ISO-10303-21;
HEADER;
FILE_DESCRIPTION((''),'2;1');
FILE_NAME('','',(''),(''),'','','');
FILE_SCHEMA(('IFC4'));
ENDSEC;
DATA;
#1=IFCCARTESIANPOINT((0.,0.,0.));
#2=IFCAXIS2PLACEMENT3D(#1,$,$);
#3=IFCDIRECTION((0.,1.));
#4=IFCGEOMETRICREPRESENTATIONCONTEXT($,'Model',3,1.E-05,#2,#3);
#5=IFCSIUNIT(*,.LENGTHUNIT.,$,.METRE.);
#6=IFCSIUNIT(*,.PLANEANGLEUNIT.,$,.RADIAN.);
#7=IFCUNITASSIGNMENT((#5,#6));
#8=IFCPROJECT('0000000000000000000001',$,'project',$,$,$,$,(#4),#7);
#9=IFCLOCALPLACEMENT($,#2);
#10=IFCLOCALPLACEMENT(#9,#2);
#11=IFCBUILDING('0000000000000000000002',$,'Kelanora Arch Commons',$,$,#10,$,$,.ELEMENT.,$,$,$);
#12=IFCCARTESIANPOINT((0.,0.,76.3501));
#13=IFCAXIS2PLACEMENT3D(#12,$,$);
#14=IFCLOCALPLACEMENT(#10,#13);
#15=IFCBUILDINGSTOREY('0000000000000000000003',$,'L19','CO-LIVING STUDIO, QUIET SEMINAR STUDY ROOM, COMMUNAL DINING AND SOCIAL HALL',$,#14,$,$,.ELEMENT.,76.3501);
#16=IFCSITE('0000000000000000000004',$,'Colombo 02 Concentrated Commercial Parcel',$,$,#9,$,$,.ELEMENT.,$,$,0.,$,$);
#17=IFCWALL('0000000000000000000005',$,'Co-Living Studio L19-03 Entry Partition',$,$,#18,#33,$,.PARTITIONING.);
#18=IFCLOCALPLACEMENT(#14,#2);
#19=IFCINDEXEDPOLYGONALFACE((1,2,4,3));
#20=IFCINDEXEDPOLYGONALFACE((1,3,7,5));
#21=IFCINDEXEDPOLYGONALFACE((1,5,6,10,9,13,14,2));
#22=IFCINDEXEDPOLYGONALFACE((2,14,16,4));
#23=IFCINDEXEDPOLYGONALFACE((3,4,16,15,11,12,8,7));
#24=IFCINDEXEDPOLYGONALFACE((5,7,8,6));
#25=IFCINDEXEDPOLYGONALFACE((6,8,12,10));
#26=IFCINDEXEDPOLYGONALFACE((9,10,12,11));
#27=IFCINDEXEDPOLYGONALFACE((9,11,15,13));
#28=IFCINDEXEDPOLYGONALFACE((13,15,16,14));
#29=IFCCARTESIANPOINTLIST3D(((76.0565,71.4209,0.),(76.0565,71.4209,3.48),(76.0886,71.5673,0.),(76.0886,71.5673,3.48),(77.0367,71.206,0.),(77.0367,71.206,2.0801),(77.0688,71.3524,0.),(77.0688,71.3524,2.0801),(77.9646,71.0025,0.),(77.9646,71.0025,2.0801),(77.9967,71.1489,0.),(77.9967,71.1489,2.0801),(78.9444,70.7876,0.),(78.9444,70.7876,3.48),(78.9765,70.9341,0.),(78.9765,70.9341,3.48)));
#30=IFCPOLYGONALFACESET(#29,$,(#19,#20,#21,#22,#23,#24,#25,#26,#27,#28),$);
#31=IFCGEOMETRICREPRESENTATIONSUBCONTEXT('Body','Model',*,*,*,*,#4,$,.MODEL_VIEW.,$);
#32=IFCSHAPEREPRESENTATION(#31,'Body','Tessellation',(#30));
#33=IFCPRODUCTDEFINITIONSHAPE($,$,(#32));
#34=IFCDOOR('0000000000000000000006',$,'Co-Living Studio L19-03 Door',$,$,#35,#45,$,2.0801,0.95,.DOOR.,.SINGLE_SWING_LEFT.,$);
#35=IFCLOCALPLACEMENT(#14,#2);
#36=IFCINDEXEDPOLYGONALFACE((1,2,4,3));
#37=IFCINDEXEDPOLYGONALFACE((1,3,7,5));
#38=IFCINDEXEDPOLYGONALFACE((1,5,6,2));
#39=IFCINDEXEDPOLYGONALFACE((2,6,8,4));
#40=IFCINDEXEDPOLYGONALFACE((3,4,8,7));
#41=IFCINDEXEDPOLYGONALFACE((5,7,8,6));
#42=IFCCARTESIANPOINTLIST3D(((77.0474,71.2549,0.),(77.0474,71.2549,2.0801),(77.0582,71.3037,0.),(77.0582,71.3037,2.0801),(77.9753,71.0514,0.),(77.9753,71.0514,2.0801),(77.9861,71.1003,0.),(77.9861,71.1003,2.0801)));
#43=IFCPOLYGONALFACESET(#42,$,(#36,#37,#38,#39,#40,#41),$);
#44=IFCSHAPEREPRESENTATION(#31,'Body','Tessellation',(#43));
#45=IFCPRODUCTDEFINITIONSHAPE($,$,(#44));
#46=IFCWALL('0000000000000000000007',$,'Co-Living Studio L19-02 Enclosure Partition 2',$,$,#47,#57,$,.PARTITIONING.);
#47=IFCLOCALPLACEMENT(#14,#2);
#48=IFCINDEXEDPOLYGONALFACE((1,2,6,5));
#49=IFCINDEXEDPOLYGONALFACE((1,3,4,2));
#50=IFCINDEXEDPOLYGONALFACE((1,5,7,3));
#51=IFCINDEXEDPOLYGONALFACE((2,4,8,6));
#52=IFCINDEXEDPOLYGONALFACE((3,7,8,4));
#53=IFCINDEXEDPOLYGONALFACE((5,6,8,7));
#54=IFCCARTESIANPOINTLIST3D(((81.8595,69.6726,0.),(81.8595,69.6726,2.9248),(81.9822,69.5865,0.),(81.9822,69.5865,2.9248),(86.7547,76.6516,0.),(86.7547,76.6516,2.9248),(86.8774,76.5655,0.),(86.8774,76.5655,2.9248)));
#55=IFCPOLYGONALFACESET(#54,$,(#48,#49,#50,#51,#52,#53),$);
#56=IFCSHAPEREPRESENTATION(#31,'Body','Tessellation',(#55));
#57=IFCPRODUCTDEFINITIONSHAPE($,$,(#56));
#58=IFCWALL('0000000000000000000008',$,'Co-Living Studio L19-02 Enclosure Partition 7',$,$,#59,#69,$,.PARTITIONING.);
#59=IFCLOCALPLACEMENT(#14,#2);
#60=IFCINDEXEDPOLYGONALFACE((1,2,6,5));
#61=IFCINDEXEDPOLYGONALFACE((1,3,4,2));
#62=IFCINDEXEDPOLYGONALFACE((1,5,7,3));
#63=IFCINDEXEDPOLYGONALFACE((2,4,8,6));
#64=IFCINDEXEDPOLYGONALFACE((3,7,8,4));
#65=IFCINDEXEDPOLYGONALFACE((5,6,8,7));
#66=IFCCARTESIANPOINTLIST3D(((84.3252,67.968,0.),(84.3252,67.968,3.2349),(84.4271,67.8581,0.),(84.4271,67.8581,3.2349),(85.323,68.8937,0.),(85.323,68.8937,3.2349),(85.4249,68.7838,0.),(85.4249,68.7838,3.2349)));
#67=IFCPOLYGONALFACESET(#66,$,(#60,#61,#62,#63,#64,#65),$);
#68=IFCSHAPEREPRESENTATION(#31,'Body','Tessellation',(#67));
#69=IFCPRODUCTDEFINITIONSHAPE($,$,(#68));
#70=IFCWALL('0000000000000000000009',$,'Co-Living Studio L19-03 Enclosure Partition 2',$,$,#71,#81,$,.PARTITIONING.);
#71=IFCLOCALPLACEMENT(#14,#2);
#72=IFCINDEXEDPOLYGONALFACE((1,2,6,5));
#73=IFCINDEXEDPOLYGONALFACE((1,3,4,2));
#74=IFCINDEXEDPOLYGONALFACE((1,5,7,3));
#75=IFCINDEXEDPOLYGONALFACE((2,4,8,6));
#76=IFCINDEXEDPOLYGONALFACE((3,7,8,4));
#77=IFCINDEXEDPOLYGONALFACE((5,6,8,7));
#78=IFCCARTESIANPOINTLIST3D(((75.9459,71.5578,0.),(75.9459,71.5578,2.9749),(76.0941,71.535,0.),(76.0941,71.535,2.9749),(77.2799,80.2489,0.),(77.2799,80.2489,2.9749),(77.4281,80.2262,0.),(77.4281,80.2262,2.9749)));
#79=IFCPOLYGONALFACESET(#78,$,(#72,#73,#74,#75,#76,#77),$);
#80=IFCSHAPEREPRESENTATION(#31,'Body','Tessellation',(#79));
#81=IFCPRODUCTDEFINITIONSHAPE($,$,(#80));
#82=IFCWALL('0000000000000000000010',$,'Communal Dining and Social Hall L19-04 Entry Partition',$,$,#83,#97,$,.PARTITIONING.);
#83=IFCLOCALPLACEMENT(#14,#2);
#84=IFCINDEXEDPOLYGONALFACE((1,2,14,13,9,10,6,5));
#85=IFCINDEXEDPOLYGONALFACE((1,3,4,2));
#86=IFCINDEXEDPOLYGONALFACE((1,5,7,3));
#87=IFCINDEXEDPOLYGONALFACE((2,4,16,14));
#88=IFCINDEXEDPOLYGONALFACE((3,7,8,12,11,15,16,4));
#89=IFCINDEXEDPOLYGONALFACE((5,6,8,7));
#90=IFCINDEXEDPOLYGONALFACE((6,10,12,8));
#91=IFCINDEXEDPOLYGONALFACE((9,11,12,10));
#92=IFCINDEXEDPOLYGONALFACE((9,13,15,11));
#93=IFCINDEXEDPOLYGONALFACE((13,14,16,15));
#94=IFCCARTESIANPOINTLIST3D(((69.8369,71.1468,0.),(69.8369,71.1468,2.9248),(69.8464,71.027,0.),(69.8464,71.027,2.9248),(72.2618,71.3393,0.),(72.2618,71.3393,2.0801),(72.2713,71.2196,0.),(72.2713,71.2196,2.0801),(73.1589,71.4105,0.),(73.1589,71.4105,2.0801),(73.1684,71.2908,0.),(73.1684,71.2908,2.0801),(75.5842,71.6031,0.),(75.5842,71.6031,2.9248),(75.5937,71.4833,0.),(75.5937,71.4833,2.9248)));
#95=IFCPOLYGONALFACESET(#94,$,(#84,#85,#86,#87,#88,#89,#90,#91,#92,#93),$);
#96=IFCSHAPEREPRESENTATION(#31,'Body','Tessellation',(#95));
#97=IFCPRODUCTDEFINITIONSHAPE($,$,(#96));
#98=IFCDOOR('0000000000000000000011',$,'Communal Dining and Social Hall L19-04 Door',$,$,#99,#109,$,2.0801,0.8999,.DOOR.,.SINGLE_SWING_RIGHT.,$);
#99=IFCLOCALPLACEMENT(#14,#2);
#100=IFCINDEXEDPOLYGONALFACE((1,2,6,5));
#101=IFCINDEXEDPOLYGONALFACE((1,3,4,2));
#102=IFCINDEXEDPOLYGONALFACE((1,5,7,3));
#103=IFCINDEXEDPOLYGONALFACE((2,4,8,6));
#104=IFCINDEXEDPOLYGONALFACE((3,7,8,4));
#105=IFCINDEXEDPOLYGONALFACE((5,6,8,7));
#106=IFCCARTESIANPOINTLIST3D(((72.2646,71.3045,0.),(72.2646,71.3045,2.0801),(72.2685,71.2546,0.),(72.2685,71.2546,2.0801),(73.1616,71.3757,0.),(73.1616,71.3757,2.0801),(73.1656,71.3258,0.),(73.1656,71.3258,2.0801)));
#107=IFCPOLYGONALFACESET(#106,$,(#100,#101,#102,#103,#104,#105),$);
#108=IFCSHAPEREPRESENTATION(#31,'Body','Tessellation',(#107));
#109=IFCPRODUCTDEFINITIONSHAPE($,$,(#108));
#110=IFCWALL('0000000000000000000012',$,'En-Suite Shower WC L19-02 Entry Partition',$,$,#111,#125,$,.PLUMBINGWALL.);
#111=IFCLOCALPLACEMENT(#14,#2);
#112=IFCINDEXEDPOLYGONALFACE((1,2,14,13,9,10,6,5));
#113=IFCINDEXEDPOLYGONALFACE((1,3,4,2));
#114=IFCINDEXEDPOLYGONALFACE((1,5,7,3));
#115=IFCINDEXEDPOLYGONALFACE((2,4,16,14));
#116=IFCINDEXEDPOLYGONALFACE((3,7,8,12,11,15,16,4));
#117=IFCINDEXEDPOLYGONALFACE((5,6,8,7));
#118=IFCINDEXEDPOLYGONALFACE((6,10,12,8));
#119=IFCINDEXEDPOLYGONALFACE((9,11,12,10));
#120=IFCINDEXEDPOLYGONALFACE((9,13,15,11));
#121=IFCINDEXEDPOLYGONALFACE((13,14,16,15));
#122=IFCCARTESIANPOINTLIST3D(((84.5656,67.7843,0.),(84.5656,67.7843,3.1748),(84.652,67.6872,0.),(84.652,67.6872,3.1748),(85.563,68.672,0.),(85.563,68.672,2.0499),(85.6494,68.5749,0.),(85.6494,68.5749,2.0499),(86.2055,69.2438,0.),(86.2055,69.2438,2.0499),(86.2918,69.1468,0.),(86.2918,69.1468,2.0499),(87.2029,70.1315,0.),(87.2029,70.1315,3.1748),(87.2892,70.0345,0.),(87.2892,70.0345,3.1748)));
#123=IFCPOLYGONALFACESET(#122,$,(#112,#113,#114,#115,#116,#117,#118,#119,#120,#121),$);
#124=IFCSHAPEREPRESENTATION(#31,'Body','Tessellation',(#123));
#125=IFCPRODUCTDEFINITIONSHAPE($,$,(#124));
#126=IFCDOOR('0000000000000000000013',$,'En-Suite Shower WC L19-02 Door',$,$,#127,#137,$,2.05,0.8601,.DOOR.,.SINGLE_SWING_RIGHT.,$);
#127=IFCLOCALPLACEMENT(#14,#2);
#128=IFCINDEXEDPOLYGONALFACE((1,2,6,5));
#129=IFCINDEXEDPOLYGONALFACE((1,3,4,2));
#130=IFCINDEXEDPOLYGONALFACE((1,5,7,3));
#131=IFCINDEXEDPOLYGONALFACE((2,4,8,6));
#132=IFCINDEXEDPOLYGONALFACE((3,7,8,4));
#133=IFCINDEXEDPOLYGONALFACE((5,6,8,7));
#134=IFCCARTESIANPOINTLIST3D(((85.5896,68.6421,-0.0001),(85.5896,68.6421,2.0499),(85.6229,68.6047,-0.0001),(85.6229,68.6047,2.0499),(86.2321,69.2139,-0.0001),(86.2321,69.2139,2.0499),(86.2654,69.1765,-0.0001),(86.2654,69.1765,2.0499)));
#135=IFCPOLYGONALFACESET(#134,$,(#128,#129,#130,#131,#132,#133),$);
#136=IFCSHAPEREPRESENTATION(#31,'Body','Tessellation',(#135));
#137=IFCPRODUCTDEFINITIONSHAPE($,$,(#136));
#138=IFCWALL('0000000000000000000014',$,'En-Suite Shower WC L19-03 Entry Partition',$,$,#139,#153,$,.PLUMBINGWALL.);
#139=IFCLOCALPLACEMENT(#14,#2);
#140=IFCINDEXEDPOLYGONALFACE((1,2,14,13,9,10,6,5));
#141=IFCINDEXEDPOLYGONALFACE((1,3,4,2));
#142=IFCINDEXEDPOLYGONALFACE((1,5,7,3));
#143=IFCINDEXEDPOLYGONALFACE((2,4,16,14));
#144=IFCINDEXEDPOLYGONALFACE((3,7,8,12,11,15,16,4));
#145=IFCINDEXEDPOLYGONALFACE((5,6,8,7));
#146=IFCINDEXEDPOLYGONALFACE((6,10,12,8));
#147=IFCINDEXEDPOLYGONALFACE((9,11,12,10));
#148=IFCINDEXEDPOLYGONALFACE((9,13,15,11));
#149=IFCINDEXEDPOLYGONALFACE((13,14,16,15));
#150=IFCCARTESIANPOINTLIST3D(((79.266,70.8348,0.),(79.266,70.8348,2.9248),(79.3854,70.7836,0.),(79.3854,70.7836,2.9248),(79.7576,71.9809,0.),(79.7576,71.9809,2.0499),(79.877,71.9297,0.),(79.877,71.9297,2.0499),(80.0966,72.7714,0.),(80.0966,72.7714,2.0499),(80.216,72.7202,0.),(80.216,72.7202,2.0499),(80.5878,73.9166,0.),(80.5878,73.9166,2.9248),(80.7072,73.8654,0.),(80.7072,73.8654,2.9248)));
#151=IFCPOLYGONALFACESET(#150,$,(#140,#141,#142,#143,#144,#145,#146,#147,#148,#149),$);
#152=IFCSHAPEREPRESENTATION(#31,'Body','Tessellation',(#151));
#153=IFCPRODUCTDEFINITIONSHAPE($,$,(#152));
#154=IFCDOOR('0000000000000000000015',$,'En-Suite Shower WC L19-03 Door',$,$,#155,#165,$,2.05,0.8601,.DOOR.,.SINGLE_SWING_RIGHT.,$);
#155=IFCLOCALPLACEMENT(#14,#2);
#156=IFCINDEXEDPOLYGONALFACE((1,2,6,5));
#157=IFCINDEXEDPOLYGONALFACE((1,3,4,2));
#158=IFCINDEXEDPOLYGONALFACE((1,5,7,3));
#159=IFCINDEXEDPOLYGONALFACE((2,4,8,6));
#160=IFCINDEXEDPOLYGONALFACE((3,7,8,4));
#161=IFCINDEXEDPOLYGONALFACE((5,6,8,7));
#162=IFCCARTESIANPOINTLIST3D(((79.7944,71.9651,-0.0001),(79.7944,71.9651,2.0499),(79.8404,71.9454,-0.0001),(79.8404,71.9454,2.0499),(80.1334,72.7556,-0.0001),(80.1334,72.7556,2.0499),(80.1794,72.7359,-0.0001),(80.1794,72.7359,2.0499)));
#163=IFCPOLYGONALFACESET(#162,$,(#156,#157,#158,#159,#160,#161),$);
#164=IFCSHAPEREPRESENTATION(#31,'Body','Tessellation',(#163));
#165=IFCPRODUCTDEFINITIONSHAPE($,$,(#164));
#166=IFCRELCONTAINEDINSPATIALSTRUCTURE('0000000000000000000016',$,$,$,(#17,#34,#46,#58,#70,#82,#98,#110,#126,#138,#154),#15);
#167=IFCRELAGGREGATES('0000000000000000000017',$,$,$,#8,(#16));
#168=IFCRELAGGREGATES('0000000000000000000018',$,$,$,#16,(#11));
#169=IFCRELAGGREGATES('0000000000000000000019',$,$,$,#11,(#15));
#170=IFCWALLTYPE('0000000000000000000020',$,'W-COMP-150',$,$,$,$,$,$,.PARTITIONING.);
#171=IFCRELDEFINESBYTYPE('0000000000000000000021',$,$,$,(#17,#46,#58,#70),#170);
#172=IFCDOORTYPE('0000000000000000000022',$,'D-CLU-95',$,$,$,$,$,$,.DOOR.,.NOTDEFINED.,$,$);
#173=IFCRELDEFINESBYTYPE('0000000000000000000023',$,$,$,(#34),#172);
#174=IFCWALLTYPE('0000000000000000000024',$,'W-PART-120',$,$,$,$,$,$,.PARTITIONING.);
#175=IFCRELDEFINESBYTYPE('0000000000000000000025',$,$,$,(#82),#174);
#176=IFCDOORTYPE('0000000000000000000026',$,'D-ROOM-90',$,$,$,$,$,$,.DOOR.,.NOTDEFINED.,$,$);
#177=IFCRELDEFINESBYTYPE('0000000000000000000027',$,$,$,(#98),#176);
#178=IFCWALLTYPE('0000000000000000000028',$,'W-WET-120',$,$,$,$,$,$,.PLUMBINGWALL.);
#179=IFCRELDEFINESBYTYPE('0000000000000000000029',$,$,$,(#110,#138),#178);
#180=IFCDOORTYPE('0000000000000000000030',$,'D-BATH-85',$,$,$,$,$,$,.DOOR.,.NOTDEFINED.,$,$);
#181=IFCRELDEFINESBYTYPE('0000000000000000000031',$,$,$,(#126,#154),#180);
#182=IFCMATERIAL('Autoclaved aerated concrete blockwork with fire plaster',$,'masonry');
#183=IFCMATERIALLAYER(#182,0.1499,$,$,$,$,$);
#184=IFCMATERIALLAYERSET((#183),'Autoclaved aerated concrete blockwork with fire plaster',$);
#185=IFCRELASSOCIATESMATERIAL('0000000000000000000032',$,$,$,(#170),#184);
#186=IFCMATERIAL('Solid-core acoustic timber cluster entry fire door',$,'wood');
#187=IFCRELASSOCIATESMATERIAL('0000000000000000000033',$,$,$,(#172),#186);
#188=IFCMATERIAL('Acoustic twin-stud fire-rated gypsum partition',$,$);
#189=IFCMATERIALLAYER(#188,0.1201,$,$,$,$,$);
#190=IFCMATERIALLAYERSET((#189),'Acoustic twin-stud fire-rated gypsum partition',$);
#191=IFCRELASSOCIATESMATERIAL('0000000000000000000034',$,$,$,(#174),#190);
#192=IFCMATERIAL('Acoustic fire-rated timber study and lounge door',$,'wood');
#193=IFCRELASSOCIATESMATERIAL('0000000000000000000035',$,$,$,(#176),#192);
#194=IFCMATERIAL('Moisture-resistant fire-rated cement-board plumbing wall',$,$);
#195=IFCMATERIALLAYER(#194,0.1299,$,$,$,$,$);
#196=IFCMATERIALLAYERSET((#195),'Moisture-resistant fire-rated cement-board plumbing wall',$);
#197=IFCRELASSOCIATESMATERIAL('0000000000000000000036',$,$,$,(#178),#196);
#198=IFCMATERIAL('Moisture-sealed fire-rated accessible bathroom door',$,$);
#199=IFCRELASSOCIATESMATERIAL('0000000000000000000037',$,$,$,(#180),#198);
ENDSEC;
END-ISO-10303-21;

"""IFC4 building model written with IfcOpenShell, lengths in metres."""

from ifc_helpers import new_model, si_unit, direction, frame, frame_2d, origin, place, context, subcontext, project, spatial, rectangle, extrude, material, layer, layer_set, type_object, element, fill, save


model = new_model("IFC4")

# Units and contexts
model_context = context("Model", 3, precision=1e-05, world=origin(), true_north=direction((0.0, 1.0)))
body_context = subcontext(model_context, "Body", "Model", "MODEL_VIEW")
ifc_project = project(units=[si_unit("LENGTHUNIT", "METRE"), si_unit("PLANEANGLEUNIT", "RADIAN")], contexts=[model_context])

# Site, building, storey
site_placement = place(None, origin())
site = spatial("IfcSite", under=ifc_project, at=site_placement, Name="Colombo 02 Concentrated Commercial Parcel", CompositionType="ELEMENT", RefElevation=0.0)
building_placement = place(site_placement, origin())
building = spatial("IfcBuilding", under=site, at=building_placement, Name="Kelanora Arch Commons", CompositionType="ELEMENT")
storey_placement = place(building_placement, frame((0.0, 0.0, 76.3501)))
storey = spatial("IfcBuildingStorey", under=building, at=storey_placement, Name="L19", Description="CO-LIVING STUDIO, QUIET SEMINAR STUDY ROOM, COMMUNAL DINING AND SOCIAL HALL", CompositionType="ELEMENT", Elevation=76.3501)

# Wall, opening, door
ifc_material_1 = material(Name="Autoclaved aerated concrete blockwork with fire plaster", Category="masonry")
ifc_layer_1 = layer(ifc_material_1, 0.1499)
ifc_layer_set_1 = layer_set([ifc_layer_1], Name="Autoclaved aerated concrete blockwork with fire plaster")
wall_type_1 = type_object("IfcWallType", Name="W-COMP-150", PredefinedType="PARTITIONING", material=ifc_layer_set_1)
ifc_material_2 = material(Name="Solid-core acoustic timber cluster entry fire door", Category="wood")
door_type_1 = type_object("IfcDoorType", Name="D-CLU-95", OperationType="NOTDEFINED", PredefinedType="DOOR", material=ifc_material_2)
wall_1_placement = place(storey_placement, frame((78.9604, 70.8608, 0.0), z_axis=(0.0, 0.0, 1.0), x_axis=(-0.976789, 0.214202, 0.0)))
wall_1 = element("IfcWall", 1, at=wall_1_placement, inside=storey, type_object=wall_type_1, Name="Co-Living Studio L19-03 Entry Partition", PredefinedType="PARTITIONING", context=body_context, shape_type="SweptSolid", body=[
    extrude(rectangle(XDim=2.9565, YDim=0.1499, at=frame_2d((1.4783, 0.0))), origin(), (0.0, 0.0, 1.0), 3.48),
])
opening_1_placement = place(wall_1_placement, frame((1.0029, 0.0, 0.0)))
opening_1 = element("IfcOpeningElement", 2, at=opening_1_placement, cuts=wall_1, PredefinedType="OPENING", context=body_context, shape_type="SweptSolid", body=[
    extrude(rectangle(XDim=0.95, YDim=2.0801, at=frame_2d((0.4751, 1.04))), frame((0.0, 0.085, 0.0), z_axis=(0.0, -1.0, 0.0), x_axis=(1.0, 0.0, 0.0)), (0.0, 0.0, 1.0), 0.1699),
])
door_1_placement = place(opening_1_placement, origin())
door_1 = element("IfcDoor", 3, at=door_1_placement, inside=storey, type_object=door_type_1, Name="Co-Living Studio L19-03 Door", OperationType="SINGLE_SWING_LEFT", OverallHeight=2.0801, OverallWidth=0.95, PredefinedType="DOOR", context=body_context, shape_type="SweptSolid", body=[
    extrude(rectangle(XDim=0.95, YDim=2.0801, at=frame_2d((0.4751, 1.04))), frame((0.0, 0.0249, 0.0), z_axis=(0.0, -1.0, 0.0), x_axis=(1.0, 0.0, 0.0)), (0.0, 0.0, 1.0), 0.05),
])
fill(opening_1, door_1)

# Walls
wall_2_placement = place(storey_placement, frame((81.9209, 69.6296, 0.0), z_axis=(0.0, 0.0, 1.0), x_axis=(0.574246, 0.818683, 0.0)))
element("IfcWall", 4, at=wall_2_placement, inside=storey, type_object=wall_type_1, Name="Co-Living Studio L19-02 Enclosure Partition 2", PredefinedType="PARTITIONING", context=body_context, shape_type="SweptSolid", body=[
    extrude(rectangle(XDim=8.5247, YDim=0.1499, at=frame_2d((4.2622, 0.0))), origin(), (0.0, 0.0, 1.0), 2.9248),
])
wall_3_placement = place(storey_placement, frame((85.374, 68.8389, 0.0), z_axis=(0.0, 0.0, 1.0), x_axis=(-0.733068, -0.680155, 0.0)))
element("IfcWall", 5, at=wall_3_placement, inside=storey, type_object=wall_type_1, Name="Co-Living Studio L19-02 Enclosure Partition 7", PredefinedType="PARTITIONING", context=body_context, shape_type="SweptSolid", body=[
    extrude(rectangle(XDim=1.3611, YDim=0.1499, at=frame_2d((0.6807, 0.0))), origin(), (0.0, 0.0, 1.0), 3.2349),
])
wall_4_placement = place(storey_placement, frame((76.02, 71.5464, 0.0), z_axis=(0.0, 0.0, 1.0), x_axis=(0.151711, 0.988425, 0.0)))
element("IfcWall", 6, at=wall_4_placement, inside=storey, type_object=wall_type_1, Name="Co-Living Studio L19-03 Enclosure Partition 2", PredefinedType="PARTITIONING", context=body_context, shape_type="SweptSolid", body=[
    extrude(rectangle(XDim=8.793, YDim=0.1499, at=frame_2d((4.3965, 0.0))), origin(), (0.0, 0.0, 1.0), 2.9749),
])

# Walls, openings, doors
ifc_material_3 = material(Name="Acoustic twin-stud fire-rated gypsum partition")
ifc_layer_2 = layer(ifc_material_3, 0.1201)
ifc_layer_set_2 = layer_set([ifc_layer_2], Name="Acoustic twin-stud fire-rated gypsum partition")
wall_type_2 = type_object("IfcWallType", Name="W-PART-120", PredefinedType="PARTITIONING", material=ifc_layer_set_2)
wall_5_placement = place(storey_placement, frame((75.5891, 71.5432, 0.0), z_axis=(0.0, 0.0, 1.0), x_axis=(-0.996863, -0.079144, 0.0)))
wall_5 = element("IfcWall", 7, at=wall_5_placement, inside=storey, type_object=wall_type_2, Name="Communal Dining and Social Hall L19-04 Entry Partition", PredefinedType="PARTITIONING", context=body_context, shape_type="SweptSolid", body=[
    extrude(rectangle(XDim=5.7654, YDim=0.1201, at=frame_2d((2.8828, 0.0))), origin(), (0.0, 0.0, 1.0), 2.9248),
])
opening_2_placement = place(wall_5_placement, frame((2.4331, 0.0, 0.0)))
opening_2 = element("IfcOpeningElement", 8, at=opening_2_placement, cuts=wall_5, PredefinedType="OPENING", context=body_context, shape_type="SweptSolid", body=[
    extrude(rectangle(XDim=0.8999, YDim=2.0801, at=frame_2d((0.45, 1.04))), frame((0.0, 0.0701, 0.0), z_axis=(0.0, -1.0, 0.0), x_axis=(1.0, 0.0, 0.0)), (0.0, 0.0, 1.0), 0.1401),
])
ifc_material_4 = material(Name="Acoustic fire-rated timber study and lounge door", Category="wood")
door_type_2 = type_object("IfcDoorType", Name="D-ROOM-90", OperationType="NOTDEFINED", PredefinedType="DOOR", material=ifc_material_4)
door_2_placement = place(opening_2_placement, origin())
door_2 = element("IfcDoor", 9, at=door_2_placement, inside=storey, type_object=door_type_2, Name="Communal Dining and Social Hall L19-04 Door", OperationType="SINGLE_SWING_RIGHT", OverallHeight=2.0801, OverallWidth=0.8999, PredefinedType="DOOR", context=body_context, shape_type="SweptSolid", body=[
    extrude(rectangle(XDim=0.8999, YDim=2.0801, at=frame_2d((0.45, 1.04))), frame((0.0, 0.0249, 0.0), z_axis=(0.0, -1.0, 0.0), x_axis=(1.0, 0.0, 0.0)), (0.0, 0.0, 1.0), 0.05),
])
fill(opening_2, door_2)
ifc_material_5 = material(Name="Moisture-resistant fire-rated cement-board plumbing wall")
ifc_layer_3 = layer(ifc_material_5, 0.1299)
ifc_layer_set_3 = layer_set([ifc_layer_3], Name="Moisture-resistant fire-rated cement-board plumbing wall")
wall_type_3 = type_object("IfcWallType", Name="W-WET-120", PredefinedType="PLUMBINGWALL", material=ifc_layer_set_3)
wall_6_placement = place(storey_placement, frame((84.6089, 67.7358, 0.0), z_axis=(0.0, 0.0, 1.0), x_axis=(0.746989, 0.664836, 0.0)))
wall_6 = element("IfcWall", 10, at=wall_6_placement, inside=storey, type_object=wall_type_3, Name="En-Suite Shower WC L19-02 Entry Partition", PredefinedType="PLUMBINGWALL", context=body_context, shape_type="SweptSolid", body=[
    extrude(rectangle(XDim=3.5305, YDim=0.1299, at=frame_2d((1.7651, 0.0))), origin(), (0.0, 0.0, 1.0), 3.1748),
])
opening_3_placement = place(wall_6_placement, frame((1.335, 0.0, 0.0)))
opening_3 = element("IfcOpeningElement", 11, at=opening_3_placement, cuts=wall_6, PredefinedType="OPENING", context=body_context, shape_type="SweptSolid", body=[
    extrude(rectangle(XDim=0.8601, YDim=2.05, at=frame_2d((0.4302, 1.0249))), frame((0.0, 0.075, 0.0), z_axis=(0.0, -1.0, 0.0), x_axis=(1.0, 0.0, 0.0)), (0.0, 0.0, 1.0), 0.1499),
])
ifc_material_6 = material(Name="Moisture-sealed fire-rated accessible bathroom door")
door_type_3 = type_object("IfcDoorType", Name="D-BATH-85", OperationType="NOTDEFINED", PredefinedType="DOOR", material=ifc_material_6)
door_3_placement = place(opening_3_placement, origin())
door_3 = element("IfcDoor", 12, at=door_3_placement, inside=storey, type_object=door_type_3, Name="En-Suite Shower WC L19-02 Door", OperationType="SINGLE_SWING_RIGHT", OverallHeight=2.05, OverallWidth=0.8601, PredefinedType="DOOR", context=body_context, shape_type="SweptSolid", body=[
    extrude(rectangle(XDim=0.8601, YDim=2.05, at=frame_2d((0.4302, 1.0249))), frame((0.0, 0.0249, 0.0), z_axis=(0.0, -1.0, 0.0), x_axis=(1.0, 0.0, 0.0)), (0.0, 0.0, 1.0), 0.05),
])
fill(opening_3, door_3)
wall_7_placement = place(storey_placement, frame((79.3257, 70.8091, 0.0), z_axis=(0.0, 0.0, 1.0), x_axis=(0.394174, 0.919036, 0.0)))
wall_7 = element("IfcWall", 13, at=wall_7_placement, inside=storey, type_object=wall_type_3, Name="En-Suite Shower WC L19-03 Entry Partition", PredefinedType="PLUMBINGWALL", context=body_context, shape_type="SweptSolid", body=[
    extrude(rectangle(XDim=3.3533, YDim=0.1299, at=frame_2d((1.6768, 0.0))), origin(), (0.0, 0.0, 1.0), 2.9248),
])
opening_4_placement = place(wall_7_placement, frame((1.2471, 0.0, 0.0)))
opening_4 = element("IfcOpeningElement", 14, at=opening_4_placement, cuts=wall_7, PredefinedType="OPENING", context=body_context, shape_type="SweptSolid", body=[
    extrude(rectangle(XDim=0.8601, YDim=2.05, at=frame_2d((0.4302, 1.0249))), frame((0.0, 0.075, 0.0), z_axis=(0.0, -1.0, 0.0), x_axis=(1.0, 0.0, 0.0)), (0.0, 0.0, 1.0), 0.1499),
])
door_4_placement = place(opening_4_placement, origin())
door_4 = element("IfcDoor", 15, at=door_4_placement, inside=storey, type_object=door_type_3, Name="En-Suite Shower WC L19-03 Door", OperationType="SINGLE_SWING_RIGHT", OverallHeight=2.05, OverallWidth=0.8601, PredefinedType="DOOR", context=body_context, shape_type="SweptSolid", body=[
    extrude(rectangle(XDim=0.8601, YDim=2.05, at=frame_2d((0.4302, 1.0249))), frame((0.0, 0.0249, 0.0), z_axis=(0.0, -1.0, 0.0), x_axis=(1.0, 0.0, 0.0)), (0.0, 0.0, 1.0), 0.05),
])
fill(opening_4, door_4)

save(model, "model.ifc")
